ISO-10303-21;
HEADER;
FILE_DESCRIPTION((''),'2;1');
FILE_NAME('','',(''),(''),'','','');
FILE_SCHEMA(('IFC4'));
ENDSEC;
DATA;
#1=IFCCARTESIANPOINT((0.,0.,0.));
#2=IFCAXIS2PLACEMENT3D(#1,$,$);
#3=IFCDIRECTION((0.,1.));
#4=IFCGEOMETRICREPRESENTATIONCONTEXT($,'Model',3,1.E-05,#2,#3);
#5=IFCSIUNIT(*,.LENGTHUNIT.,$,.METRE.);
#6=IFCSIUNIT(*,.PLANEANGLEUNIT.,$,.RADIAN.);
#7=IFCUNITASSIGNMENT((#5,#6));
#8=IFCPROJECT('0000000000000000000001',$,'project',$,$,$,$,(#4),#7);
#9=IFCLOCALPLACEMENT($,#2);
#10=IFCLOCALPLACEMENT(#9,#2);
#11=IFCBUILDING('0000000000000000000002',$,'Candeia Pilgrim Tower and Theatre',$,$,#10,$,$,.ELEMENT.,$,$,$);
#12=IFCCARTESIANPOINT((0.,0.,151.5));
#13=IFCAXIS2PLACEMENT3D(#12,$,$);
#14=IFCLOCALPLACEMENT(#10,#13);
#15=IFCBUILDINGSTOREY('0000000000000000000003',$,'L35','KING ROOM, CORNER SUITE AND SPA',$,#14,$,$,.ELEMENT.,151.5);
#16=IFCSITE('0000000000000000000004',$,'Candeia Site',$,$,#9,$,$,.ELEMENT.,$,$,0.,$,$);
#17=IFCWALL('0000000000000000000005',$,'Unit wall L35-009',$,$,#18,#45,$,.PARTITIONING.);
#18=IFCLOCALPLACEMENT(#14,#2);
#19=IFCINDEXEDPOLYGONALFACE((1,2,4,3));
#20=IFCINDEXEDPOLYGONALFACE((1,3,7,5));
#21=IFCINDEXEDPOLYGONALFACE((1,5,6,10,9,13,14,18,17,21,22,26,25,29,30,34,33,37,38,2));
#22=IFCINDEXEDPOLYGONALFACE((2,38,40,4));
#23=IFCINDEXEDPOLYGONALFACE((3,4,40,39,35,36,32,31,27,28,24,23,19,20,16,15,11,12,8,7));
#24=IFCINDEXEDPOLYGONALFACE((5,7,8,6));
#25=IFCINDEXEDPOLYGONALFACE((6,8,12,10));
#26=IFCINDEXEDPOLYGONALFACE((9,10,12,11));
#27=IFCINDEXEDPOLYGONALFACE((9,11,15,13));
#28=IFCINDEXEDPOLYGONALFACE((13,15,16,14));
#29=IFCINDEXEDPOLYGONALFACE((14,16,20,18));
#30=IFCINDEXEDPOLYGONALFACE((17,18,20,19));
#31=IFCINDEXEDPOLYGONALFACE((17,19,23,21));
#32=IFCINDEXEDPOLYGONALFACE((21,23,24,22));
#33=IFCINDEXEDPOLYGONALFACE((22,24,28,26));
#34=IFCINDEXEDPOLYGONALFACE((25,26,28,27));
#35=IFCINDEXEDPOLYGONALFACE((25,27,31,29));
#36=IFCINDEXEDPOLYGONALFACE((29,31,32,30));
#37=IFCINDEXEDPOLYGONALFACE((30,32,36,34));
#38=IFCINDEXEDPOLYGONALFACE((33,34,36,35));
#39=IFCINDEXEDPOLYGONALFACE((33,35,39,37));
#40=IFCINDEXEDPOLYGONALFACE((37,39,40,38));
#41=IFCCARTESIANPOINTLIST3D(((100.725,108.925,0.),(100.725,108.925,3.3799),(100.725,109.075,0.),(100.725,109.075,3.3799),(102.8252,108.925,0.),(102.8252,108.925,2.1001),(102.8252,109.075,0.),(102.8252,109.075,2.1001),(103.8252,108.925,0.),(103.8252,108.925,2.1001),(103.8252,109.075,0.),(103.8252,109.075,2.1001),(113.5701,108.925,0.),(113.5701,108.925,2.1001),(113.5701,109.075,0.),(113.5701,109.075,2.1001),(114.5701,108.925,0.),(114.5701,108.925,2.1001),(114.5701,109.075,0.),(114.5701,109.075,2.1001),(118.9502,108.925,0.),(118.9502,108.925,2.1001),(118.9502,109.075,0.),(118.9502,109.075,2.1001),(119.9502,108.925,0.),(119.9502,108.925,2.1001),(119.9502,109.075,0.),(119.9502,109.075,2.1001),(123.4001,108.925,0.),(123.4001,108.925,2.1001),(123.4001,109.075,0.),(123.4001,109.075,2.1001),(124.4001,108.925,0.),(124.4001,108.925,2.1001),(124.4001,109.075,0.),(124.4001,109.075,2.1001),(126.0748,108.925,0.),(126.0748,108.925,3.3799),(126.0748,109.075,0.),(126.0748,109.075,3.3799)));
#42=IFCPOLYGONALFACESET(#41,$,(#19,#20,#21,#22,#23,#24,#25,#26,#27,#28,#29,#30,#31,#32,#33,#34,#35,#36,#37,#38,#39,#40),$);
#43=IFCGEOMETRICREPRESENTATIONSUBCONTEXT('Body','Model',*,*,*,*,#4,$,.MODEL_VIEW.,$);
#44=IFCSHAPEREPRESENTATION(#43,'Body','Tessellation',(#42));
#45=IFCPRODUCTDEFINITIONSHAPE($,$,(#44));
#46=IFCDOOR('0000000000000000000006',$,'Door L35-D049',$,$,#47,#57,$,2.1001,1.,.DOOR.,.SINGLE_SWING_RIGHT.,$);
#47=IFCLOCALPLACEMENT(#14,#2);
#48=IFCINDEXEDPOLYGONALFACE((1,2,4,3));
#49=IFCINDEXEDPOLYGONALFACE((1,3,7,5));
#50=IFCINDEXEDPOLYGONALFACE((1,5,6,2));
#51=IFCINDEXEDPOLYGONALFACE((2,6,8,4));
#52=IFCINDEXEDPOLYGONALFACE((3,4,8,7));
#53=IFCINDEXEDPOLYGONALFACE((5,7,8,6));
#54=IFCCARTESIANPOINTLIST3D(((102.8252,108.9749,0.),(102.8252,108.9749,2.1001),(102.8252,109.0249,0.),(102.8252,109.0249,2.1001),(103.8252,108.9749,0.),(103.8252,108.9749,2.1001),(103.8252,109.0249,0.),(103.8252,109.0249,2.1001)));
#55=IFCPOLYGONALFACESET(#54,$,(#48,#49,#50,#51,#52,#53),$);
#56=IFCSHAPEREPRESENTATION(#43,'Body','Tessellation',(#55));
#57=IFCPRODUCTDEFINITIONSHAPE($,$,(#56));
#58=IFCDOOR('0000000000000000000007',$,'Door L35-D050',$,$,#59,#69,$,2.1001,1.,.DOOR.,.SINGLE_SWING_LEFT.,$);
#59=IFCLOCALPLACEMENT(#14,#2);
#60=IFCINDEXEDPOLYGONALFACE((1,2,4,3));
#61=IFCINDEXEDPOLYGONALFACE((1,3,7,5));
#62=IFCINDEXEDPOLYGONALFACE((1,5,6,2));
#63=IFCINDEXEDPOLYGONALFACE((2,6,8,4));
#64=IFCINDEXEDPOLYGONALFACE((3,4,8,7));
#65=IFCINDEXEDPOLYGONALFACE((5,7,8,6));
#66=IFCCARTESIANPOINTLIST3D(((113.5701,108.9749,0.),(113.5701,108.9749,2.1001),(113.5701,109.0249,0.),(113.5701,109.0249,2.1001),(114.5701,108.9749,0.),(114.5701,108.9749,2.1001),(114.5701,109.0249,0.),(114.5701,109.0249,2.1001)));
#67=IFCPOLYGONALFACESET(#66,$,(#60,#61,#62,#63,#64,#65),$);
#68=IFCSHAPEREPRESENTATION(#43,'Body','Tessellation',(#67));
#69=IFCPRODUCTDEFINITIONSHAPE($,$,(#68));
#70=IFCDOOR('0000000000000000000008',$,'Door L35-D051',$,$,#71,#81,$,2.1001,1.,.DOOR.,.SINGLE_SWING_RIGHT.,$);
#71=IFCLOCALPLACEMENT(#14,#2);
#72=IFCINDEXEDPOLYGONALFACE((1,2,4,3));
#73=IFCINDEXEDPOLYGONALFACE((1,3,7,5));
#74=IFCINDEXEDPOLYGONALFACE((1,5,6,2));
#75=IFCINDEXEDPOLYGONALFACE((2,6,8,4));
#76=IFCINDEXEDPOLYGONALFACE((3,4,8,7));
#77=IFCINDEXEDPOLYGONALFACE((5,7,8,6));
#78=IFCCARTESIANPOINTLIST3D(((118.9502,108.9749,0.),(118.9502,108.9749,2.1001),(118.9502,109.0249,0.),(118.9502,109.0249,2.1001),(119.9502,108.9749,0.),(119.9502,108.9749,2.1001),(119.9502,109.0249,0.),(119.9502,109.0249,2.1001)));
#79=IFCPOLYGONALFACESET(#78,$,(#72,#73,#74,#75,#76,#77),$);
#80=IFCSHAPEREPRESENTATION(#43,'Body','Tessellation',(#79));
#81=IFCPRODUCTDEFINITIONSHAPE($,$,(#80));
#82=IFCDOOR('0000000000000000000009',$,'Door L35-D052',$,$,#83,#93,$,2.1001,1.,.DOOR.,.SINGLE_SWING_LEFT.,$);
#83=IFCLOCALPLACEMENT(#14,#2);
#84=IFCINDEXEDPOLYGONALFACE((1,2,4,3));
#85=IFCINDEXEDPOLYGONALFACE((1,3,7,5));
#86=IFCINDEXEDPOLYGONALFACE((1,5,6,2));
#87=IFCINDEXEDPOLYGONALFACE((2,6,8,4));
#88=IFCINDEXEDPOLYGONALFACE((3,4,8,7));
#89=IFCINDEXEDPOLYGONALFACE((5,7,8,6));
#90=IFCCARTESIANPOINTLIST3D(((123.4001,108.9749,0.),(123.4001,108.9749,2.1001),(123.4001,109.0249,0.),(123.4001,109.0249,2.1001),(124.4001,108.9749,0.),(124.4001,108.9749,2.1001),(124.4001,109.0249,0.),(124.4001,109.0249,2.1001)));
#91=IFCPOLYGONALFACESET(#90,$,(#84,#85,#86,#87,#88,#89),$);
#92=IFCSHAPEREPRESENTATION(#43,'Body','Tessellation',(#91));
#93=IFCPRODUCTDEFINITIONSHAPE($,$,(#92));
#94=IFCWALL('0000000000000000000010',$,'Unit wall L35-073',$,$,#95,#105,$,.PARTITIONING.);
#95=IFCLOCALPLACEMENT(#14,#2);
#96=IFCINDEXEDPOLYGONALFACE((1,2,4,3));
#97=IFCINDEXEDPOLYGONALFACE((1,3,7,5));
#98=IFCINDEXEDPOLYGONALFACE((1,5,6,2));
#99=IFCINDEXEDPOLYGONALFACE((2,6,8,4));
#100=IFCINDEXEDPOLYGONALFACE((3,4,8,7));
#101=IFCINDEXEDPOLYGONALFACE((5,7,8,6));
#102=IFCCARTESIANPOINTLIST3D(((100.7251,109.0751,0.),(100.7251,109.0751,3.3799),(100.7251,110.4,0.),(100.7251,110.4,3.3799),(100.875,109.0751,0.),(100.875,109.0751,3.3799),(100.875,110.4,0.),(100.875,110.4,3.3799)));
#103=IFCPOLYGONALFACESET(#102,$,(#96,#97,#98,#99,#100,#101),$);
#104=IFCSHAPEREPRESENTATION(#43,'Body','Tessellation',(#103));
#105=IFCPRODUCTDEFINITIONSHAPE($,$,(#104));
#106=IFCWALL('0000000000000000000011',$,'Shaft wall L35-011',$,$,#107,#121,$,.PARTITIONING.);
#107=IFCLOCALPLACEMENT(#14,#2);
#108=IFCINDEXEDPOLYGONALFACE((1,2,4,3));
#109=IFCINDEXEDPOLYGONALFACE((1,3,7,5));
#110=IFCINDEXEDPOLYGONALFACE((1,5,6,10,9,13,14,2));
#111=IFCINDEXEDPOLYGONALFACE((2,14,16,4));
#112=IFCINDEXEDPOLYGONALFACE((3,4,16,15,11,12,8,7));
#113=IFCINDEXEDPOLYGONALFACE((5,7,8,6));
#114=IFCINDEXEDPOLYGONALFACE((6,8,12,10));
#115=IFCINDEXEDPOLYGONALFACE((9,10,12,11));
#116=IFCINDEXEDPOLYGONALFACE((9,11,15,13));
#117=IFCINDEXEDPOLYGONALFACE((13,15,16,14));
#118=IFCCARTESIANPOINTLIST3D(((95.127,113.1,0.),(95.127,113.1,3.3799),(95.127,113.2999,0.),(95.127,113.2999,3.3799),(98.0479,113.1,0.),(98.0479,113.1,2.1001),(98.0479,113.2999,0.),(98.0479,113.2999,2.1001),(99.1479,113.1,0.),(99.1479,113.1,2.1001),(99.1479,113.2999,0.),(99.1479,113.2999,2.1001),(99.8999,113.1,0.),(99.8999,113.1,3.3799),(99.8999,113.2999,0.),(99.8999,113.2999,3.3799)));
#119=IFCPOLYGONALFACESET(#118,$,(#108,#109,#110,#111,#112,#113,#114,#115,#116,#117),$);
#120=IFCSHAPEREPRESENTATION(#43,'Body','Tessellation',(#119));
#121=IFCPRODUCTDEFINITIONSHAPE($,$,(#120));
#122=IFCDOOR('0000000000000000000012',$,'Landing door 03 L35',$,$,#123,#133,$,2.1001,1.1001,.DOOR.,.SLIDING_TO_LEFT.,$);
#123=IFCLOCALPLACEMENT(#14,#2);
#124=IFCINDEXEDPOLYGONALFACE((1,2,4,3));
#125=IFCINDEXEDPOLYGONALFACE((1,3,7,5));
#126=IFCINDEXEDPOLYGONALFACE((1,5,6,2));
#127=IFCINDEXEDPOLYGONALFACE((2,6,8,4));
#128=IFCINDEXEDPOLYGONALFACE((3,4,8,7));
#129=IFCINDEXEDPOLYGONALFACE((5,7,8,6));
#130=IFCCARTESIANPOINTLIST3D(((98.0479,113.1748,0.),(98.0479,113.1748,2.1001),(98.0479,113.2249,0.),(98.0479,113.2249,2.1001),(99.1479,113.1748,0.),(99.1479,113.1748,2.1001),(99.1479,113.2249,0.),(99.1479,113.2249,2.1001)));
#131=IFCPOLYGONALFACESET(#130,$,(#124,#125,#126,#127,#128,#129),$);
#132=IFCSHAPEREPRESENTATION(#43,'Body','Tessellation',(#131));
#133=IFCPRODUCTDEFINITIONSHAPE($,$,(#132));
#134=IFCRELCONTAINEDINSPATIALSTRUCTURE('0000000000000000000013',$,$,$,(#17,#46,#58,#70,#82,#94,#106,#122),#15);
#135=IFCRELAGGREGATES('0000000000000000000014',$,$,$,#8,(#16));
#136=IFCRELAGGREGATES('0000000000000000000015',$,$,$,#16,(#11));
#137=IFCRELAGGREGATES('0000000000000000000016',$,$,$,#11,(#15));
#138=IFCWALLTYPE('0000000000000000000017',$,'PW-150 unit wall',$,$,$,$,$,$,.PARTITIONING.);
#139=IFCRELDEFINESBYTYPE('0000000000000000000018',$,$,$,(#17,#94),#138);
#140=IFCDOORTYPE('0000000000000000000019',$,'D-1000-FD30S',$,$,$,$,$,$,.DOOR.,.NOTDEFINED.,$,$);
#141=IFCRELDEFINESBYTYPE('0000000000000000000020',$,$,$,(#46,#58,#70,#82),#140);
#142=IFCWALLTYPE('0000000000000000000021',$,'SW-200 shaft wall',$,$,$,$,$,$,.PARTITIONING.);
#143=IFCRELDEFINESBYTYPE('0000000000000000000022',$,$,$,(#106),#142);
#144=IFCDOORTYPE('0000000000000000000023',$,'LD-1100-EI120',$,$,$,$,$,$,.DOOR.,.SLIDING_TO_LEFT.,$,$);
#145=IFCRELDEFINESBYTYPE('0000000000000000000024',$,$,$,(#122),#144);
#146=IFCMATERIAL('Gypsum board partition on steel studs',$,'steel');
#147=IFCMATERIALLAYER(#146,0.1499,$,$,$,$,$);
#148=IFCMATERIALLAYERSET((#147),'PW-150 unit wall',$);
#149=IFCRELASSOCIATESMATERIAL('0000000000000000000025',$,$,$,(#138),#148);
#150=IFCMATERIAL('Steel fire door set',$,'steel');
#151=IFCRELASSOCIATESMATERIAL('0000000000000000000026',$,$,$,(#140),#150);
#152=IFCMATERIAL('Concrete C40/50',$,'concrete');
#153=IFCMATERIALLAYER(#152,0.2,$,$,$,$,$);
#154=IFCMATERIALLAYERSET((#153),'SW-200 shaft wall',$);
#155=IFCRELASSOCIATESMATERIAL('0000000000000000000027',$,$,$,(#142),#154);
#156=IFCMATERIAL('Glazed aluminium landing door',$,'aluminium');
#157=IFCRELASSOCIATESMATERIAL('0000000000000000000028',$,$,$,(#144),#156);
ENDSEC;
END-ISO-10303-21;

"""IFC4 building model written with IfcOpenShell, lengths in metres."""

from ifc_helpers import new_model, si_unit, direction, frame, frame_2d, origin, place, context, subcontext, project, spatial, rectangle, extrude, material, layer, layer_set, type_object, element, fill, save


model = new_model("IFC4")

# Units and contexts
model_context = context("Model", 3, precision=1e-05, world=origin(), true_north=direction((0.0, 1.0)))
body_context = subcontext(model_context, "Body", "Model", "MODEL_VIEW")
ifc_project = project(units=[si_unit("LENGTHUNIT", "METRE"), si_unit("PLANEANGLEUNIT", "RADIAN")], contexts=[model_context])

# Site, building, storey
site_placement = place(None, origin())
site = spatial("IfcSite", under=ifc_project, at=site_placement, Name="Candeia Site", CompositionType="ELEMENT", RefElevation=0.0)
building_placement = place(site_placement, origin())
building = spatial("IfcBuilding", under=site, at=building_placement, Name="Candeia Pilgrim Tower and Theatre", CompositionType="ELEMENT")
storey_placement = place(building_placement, frame((0.0, 0.0, 151.5)))
storey = spatial("IfcBuildingStorey", under=building, at=storey_placement, Name="L35", Description="KING ROOM, CORNER SUITE AND SPA", CompositionType="ELEMENT", Elevation=151.5)

# Shared definitions
ifc_material_1 = material(Name="Steel fire door set", Category="steel")
ifc_material_2 = material(Name="Gypsum board partition on steel studs", Category="steel")

# Wall, openings, doors
ifc_layer_1 = layer(ifc_material_2, 0.1499)
ifc_layer_set_1 = layer_set([ifc_layer_1], Name="PW-150 unit wall")
wall_type_1 = type_object("IfcWallType", Name="PW-150 unit wall", PredefinedType="PARTITIONING", material=ifc_layer_set_1)
wall_1_placement = place(storey_placement, frame((100.7251, 109.0, 0.0), z_axis=(0.0, 0.0, 1.0), x_axis=(1.0, 0.0, 0.0)))
wall_1 = element("IfcWall", 1, at=wall_1_placement, inside=storey, type_object=wall_type_1, Name="Unit wall L35-009", PredefinedType="PARTITIONING", context=body_context, shape_type="SweptSolid", body=[
    extrude(rectangle(XDim=25.3499, YDim=0.1499, at=frame_2d((12.6748, 0.0))), origin(), (0.0, 0.0, 1.0), 3.3799),
])
opening_1_placement = place(wall_1_placement, frame((2.1001, 0.0, 0.0)))
opening_1 = element("IfcOpeningElement", 2, at=opening_1_placement, cuts=wall_1, PredefinedType="OPENING", context=body_context, shape_type="SweptSolid", body=[
    extrude(rectangle(XDim=1.0, YDim=2.1001, at=frame_2d((0.5, 1.05))), frame((0.0, 0.085, 0.0), z_axis=(0.0, -1.0, 0.0), x_axis=(1.0, 0.0, 0.0)), (0.0, 0.0, 1.0), 0.1699),
])
opening_2_placement = place(wall_1_placement, frame((12.845, 0.0, 0.0)))
opening_2 = element("IfcOpeningElement", 3, at=opening_2_placement, cuts=wall_1, PredefinedType="OPENING", context=body_context, shape_type="SweptSolid", body=[
    extrude(rectangle(XDim=1.0, YDim=2.1001, at=frame_2d((0.5, 1.05))), frame((0.0, 0.085, 0.0), z_axis=(0.0, -1.0, 0.0), x_axis=(1.0, 0.0, 0.0)), (0.0, 0.0, 1.0), 0.1699),
])
opening_3_placement = place(wall_1_placement, frame((18.2251, 0.0, 0.0)))
opening_3 = element("IfcOpeningElement", 4, at=opening_3_placement, cuts=wall_1, PredefinedType="OPENING", context=body_context, shape_type="SweptSolid", body=[
    extrude(rectangle(XDim=1.0, YDim=2.1001, at=frame_2d((0.5, 1.05))), frame((0.0, 0.085, 0.0), z_axis=(0.0, -1.0, 0.0), x_axis=(1.0, 0.0, 0.0)), (0.0, 0.0, 1.0), 0.1699),
])
opening_4_placement = place(wall_1_placement, frame((22.675, 0.0, 0.0)))
opening_4 = element("IfcOpeningElement", 5, at=opening_4_placement, cuts=wall_1, PredefinedType="OPENING", context=body_context, shape_type="SweptSolid", body=[
    extrude(rectangle(XDim=1.0, YDim=2.1001, at=frame_2d((0.5, 1.05))), frame((0.0, 0.085, 0.0), z_axis=(0.0, -1.0, 0.0), x_axis=(1.0, 0.0, 0.0)), (0.0, 0.0, 1.0), 0.1699),
])
door_type_1 = type_object("IfcDoorType", Name="D-1000-FD30S", OperationType="NOTDEFINED", PredefinedType="DOOR", material=ifc_material_1)
door_1_placement = place(opening_1_placement, origin())
door_1 = element("IfcDoor", 6, at=door_1_placement, inside=storey, type_object=door_type_1, Name="Door L35-D049", OperationType="SINGLE_SWING_RIGHT", OverallHeight=2.1001, OverallWidth=1.0, PredefinedType="DOOR", context=body_context, shape_type="SweptSolid", body=[
    extrude(rectangle(XDim=1.0, YDim=2.1001, at=frame_2d((0.5, 1.05))), frame((0.0, 0.0249, 0.0), z_axis=(0.0, -1.0, 0.0), x_axis=(1.0, 0.0, 0.0)), (0.0, 0.0, 1.0), 0.05),
])
fill(opening_1, door_1)
door_2_placement = place(opening_2_placement, origin())
door_2 = element("IfcDoor", 7, at=door_2_placement, inside=storey, type_object=door_type_1, Name="Door L35-D050", OperationType="SINGLE_SWING_LEFT", OverallHeight=2.1001, OverallWidth=1.0, PredefinedType="DOOR", context=body_context, shape_type="SweptSolid", body=[
    extrude(rectangle(XDim=1.0, YDim=2.1001, at=frame_2d((0.5, 1.05))), frame((0.0, 0.0249, 0.0), z_axis=(0.0, -1.0, 0.0), x_axis=(1.0, 0.0, 0.0)), (0.0, 0.0, 1.0), 0.05),
])
fill(opening_2, door_2)
door_3_placement = place(opening_3_placement, origin())
door_3 = element("IfcDoor", 8, at=door_3_placement, inside=storey, type_object=door_type_1, Name="Door L35-D051", OperationType="SINGLE_SWING_RIGHT", OverallHeight=2.1001, OverallWidth=1.0, PredefinedType="DOOR", context=body_context, shape_type="SweptSolid", body=[
    extrude(rectangle(XDim=1.0, YDim=2.1001, at=frame_2d((0.5, 1.05))), frame((0.0, 0.0249, 0.0), z_axis=(0.0, -1.0, 0.0), x_axis=(1.0, 0.0, 0.0)), (0.0, 0.0, 1.0), 0.05),
])
fill(opening_3, door_3)
door_4_placement = place(opening_4_placement, origin())
door_4 = element("IfcDoor", 9, at=door_4_placement, inside=storey, type_object=door_type_1, Name="Door L35-D052", OperationType="SINGLE_SWING_LEFT", OverallHeight=2.1001, OverallWidth=1.0, PredefinedType="DOOR", context=body_context, shape_type="SweptSolid", body=[
    extrude(rectangle(XDim=1.0, YDim=2.1001, at=frame_2d((0.5, 1.05))), frame((0.0, 0.0249, 0.0), z_axis=(0.0, -1.0, 0.0), x_axis=(1.0, 0.0, 0.0)), (0.0, 0.0, 1.0), 0.05),
])
fill(opening_4, door_4)

# Wall
wall_2_placement = place(storey_placement, frame((100.8, 109.075, 0.0), z_axis=(0.0, 0.0, 1.0), x_axis=(0.0, 1.0, 0.0)))
element("IfcWall", 10, at=wall_2_placement, inside=storey, type_object=wall_type_1, Name="Unit wall L35-073", PredefinedType="PARTITIONING", context=body_context, shape_type="SweptSolid", body=[
    extrude(rectangle(XDim=1.325, YDim=0.1499, at=frame_2d((0.6626, 0.0))), origin(), (0.0, 0.0, 1.0), 3.3799),
])

# Wall, opening, door
ifc_material_3 = material(Name="Concrete C40/50", Category="concrete")
ifc_layer_2 = layer(ifc_material_3, 0.2)
ifc_layer_set_2 = layer_set([ifc_layer_2], Name="SW-200 shaft wall")
wall_type_2 = type_object("IfcWallType", Name="SW-200 shaft wall", PredefinedType="PARTITIONING", material=ifc_layer_set_2)
wall_3_placement = place(storey_placement, frame((95.127, 113.2, 0.0), z_axis=(0.0, 0.0, 1.0), x_axis=(1.0, 0.0, 0.0)))
wall_3 = element("IfcWall", 11, at=wall_3_placement, inside=storey, type_object=wall_type_2, Name="Shaft wall L35-011", PredefinedType="PARTITIONING", context=body_context, shape_type="SweptSolid", body=[
    extrude(rectangle(XDim=4.7729, YDim=0.2, at=frame_2d((2.3865, 0.0))), origin(), (0.0, 0.0, 1.0), 3.3799),
])
opening_5_placement = place(wall_3_placement, frame((2.9209, 0.0, 0.0)))
opening_5 = element("IfcOpeningElement", 12, at=opening_5_placement, cuts=wall_3, PredefinedType="OPENING", context=body_context, shape_type="SweptSolid", body=[
    extrude(rectangle(XDim=1.1001, YDim=2.1001, at=frame_2d((0.55, 1.05))), frame((0.0, 0.1099, 0.0), z_axis=(0.0, -1.0, 0.0), x_axis=(1.0, 0.0, 0.0)), (0.0, 0.0, 1.0), 0.22),
])
ifc_material_4 = material(Name="Glazed aluminium landing door", Category="aluminium")
door_type_2 = type_object("IfcDoorType", Name="LD-1100-EI120", OperationType="SLIDING_TO_LEFT", PredefinedType="DOOR", material=ifc_material_4)
door_5_placement = place(opening_5_placement, origin())
door_5 = element("IfcDoor", 13, at=door_5_placement, inside=storey, type_object=door_type_2, Name="Landing door 03 L35", OperationType="SLIDING_TO_LEFT", OverallHeight=2.1001, OverallWidth=1.1001, PredefinedType="DOOR", context=body_context, shape_type="SweptSolid", body=[
    extrude(rectangle(XDim=1.1001, YDim=2.1001, at=frame_2d((0.55, 1.05))), frame((0.0, 0.0249, 0.0), z_axis=(0.0, -1.0, 0.0), x_axis=(1.0, 0.0, 0.0)), (0.0, 0.0, 1.0), 0.05),
])
fill(opening_5, door_5)

save(model, "model.ifc")
